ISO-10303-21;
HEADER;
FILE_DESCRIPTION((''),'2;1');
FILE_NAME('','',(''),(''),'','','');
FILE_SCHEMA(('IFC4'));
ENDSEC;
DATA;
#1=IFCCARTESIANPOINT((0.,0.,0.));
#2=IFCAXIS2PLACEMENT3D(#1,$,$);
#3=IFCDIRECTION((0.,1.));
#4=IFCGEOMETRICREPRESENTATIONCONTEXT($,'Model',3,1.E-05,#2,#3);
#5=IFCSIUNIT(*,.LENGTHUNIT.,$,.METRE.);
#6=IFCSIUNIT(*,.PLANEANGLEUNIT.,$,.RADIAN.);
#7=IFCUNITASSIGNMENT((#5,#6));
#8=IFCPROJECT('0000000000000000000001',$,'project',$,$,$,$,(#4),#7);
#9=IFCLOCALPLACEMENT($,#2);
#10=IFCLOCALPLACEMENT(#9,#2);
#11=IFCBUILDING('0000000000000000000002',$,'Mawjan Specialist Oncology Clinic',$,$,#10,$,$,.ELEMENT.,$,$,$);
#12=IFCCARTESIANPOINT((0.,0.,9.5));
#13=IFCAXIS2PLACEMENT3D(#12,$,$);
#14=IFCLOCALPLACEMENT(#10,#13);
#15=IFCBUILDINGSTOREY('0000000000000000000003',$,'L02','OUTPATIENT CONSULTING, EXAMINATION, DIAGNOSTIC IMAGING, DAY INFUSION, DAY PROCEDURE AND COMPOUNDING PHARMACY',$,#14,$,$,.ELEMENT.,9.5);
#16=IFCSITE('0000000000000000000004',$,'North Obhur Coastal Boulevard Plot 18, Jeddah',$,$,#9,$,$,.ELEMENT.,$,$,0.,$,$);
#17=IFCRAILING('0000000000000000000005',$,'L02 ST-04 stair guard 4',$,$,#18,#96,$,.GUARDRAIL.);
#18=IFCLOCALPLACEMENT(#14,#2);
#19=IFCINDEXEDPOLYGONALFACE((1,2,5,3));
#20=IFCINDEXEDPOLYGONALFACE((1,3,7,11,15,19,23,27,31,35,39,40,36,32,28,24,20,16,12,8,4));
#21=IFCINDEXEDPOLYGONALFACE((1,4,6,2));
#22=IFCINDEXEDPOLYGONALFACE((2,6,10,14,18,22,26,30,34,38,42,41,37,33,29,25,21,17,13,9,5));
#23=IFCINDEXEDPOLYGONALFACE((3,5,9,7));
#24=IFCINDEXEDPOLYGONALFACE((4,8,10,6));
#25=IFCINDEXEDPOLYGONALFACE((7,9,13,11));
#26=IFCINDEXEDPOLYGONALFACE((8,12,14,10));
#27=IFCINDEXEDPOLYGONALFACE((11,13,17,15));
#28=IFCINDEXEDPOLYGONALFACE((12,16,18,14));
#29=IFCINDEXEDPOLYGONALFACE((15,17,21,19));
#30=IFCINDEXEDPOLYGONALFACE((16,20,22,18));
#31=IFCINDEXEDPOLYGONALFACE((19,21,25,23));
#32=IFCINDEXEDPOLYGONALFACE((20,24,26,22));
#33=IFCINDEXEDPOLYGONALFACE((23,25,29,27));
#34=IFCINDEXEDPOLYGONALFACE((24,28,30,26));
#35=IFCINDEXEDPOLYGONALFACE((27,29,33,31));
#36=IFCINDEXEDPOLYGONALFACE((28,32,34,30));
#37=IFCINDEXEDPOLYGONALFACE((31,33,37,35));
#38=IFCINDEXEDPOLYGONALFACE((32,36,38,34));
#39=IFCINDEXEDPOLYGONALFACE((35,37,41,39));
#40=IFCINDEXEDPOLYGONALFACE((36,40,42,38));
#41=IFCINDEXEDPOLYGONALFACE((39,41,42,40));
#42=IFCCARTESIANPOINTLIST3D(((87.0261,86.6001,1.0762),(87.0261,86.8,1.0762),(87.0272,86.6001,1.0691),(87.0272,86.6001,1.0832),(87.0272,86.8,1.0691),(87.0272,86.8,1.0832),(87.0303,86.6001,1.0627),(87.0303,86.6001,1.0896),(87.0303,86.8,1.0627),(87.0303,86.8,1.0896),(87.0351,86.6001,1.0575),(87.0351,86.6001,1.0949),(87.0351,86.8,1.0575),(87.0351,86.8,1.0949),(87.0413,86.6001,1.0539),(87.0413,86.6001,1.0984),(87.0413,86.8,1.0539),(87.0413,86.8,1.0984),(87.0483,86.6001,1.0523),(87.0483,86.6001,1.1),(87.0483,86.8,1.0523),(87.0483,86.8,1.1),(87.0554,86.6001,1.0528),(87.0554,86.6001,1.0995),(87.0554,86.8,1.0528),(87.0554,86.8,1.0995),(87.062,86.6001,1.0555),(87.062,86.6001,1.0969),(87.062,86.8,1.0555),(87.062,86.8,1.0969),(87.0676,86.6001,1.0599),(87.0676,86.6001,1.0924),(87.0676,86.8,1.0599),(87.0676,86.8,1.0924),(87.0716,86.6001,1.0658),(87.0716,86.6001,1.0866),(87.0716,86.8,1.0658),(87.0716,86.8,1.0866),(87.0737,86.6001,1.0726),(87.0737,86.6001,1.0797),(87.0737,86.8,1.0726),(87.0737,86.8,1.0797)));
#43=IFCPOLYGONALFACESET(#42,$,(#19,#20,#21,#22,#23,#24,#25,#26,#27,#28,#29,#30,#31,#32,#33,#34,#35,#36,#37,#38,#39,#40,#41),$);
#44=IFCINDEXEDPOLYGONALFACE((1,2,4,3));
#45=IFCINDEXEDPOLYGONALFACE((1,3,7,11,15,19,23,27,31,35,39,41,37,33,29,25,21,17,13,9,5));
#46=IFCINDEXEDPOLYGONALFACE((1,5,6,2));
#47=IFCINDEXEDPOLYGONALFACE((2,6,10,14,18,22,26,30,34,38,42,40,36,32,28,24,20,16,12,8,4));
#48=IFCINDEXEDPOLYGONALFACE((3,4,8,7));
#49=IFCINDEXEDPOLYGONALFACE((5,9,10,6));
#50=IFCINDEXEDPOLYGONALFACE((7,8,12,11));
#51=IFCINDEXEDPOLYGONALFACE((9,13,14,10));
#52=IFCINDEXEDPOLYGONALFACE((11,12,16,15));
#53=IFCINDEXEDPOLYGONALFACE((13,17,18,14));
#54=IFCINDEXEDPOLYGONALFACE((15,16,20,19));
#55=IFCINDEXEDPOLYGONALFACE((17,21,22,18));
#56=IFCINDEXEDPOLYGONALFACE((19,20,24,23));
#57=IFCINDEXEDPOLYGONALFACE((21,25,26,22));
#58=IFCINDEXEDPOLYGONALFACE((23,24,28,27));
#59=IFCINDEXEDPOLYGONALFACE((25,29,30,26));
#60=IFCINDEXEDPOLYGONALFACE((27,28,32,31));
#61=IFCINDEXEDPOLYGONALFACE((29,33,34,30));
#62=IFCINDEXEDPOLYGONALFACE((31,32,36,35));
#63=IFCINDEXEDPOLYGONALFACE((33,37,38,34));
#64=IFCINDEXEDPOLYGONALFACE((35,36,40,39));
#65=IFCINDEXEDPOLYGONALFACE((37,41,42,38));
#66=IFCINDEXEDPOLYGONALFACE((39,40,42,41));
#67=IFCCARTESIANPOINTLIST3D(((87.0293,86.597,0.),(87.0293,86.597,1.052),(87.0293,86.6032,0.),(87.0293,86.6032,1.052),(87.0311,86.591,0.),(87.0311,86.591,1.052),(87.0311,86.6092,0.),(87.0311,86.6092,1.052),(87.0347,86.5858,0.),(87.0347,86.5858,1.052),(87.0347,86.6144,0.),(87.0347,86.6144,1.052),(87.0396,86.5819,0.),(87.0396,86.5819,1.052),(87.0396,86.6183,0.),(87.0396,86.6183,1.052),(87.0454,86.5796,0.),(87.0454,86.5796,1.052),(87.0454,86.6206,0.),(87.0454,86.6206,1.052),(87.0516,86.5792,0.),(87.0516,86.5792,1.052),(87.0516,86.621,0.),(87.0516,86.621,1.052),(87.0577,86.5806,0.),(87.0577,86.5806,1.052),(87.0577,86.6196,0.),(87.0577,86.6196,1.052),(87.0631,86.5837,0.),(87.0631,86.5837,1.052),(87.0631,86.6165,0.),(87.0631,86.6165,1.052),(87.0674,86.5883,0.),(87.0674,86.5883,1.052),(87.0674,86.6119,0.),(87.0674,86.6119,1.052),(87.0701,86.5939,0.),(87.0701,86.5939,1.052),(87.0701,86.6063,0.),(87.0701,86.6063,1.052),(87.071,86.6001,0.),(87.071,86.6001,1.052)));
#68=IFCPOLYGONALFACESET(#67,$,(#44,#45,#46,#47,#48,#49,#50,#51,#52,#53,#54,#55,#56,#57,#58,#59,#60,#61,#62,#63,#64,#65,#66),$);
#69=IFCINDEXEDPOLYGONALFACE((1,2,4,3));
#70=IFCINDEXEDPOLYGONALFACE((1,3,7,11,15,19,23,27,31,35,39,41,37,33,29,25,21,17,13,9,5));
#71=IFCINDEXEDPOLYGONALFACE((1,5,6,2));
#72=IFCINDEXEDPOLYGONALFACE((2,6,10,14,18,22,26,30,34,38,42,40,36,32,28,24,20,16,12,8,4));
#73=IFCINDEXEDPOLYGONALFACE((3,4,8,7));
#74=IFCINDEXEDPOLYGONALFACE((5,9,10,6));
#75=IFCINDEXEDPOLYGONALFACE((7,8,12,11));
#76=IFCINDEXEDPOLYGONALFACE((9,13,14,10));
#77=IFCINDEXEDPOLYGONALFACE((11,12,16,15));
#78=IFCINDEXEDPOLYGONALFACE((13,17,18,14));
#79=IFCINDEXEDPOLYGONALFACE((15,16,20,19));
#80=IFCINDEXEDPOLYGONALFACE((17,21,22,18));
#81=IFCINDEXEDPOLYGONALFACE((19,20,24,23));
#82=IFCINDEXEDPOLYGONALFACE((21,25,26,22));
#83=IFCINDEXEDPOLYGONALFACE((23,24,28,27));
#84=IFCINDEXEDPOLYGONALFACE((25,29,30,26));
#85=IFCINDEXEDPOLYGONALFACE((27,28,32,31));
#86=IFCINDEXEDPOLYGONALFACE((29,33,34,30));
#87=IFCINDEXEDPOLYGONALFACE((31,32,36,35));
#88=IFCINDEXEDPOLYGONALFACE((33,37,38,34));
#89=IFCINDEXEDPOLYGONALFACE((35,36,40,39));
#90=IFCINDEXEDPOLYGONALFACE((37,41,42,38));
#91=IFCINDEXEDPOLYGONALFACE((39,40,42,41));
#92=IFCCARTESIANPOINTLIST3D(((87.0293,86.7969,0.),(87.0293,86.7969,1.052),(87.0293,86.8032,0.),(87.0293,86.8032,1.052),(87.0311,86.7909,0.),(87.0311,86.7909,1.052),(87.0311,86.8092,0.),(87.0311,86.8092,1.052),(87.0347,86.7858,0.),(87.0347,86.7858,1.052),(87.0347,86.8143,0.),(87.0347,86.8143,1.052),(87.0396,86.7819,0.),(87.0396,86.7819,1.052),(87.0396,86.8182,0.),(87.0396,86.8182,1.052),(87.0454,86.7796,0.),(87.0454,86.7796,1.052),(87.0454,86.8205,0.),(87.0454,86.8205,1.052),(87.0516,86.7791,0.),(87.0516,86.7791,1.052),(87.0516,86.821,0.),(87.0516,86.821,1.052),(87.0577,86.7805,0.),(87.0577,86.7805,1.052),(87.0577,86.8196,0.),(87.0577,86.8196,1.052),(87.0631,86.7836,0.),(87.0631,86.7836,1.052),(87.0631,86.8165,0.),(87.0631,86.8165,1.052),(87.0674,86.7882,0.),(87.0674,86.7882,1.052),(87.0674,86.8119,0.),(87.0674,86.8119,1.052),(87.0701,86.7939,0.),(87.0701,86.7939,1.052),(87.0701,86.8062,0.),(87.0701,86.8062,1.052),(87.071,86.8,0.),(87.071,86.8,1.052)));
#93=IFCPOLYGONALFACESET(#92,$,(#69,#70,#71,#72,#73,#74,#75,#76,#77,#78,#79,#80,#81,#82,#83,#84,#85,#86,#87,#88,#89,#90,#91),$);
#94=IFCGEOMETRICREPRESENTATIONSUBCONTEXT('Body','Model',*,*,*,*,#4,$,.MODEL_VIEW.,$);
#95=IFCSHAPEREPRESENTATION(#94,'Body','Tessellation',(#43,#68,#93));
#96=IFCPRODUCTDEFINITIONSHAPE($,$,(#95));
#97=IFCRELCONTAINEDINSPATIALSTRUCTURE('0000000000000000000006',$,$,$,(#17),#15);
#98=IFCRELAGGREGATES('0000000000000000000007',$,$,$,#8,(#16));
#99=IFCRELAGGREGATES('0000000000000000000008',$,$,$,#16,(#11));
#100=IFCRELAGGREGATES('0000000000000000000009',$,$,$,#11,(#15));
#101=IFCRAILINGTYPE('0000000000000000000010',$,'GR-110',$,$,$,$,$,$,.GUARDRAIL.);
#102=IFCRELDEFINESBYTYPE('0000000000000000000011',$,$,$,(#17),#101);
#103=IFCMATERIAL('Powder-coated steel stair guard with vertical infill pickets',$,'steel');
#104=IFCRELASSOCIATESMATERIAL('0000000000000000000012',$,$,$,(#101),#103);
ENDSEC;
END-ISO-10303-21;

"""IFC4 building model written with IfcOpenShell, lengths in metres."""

from ifc_helpers import new_model, si_unit, direction, frame, origin, origin_2d, place, context, subcontext, project, spatial, circle, extrude, material, type_object, element, save


model = new_model("IFC4")

# Units and contexts
model_context = context("Model", 3, precision=1e-05, world=origin(), true_north=direction((0.0, 1.0)))
body_context = subcontext(model_context, "Body", "Model", "MODEL_VIEW")
ifc_project = project(units=[si_unit("LENGTHUNIT", "METRE"), si_unit("PLANEANGLEUNIT", "RADIAN")], contexts=[model_context])

# Site, building, storey
site_placement = place(None, origin())
site = spatial("IfcSite", under=ifc_project, at=site_placement, Name="North Obhur Coastal Boulevard Plot 18, Jeddah", CompositionType="ELEMENT", RefElevation=0.0)
building_placement = place(site_placement, origin())
building = spatial("IfcBuilding", under=site, at=building_placement, Name="Mawjan Specialist Oncology Clinic", CompositionType="ELEMENT")
storey_placement = place(building_placement, frame((0.0, 0.0, 9.5)))
storey = spatial("IfcBuildingStorey", under=building, at=storey_placement, Name="L02", Description="OUTPATIENT CONSULTING, EXAMINATION, DIAGNOSTIC IMAGING, DAY INFUSION, DAY PROCEDURE AND COMPOUNDING PHARMACY", CompositionType="ELEMENT", Elevation=9.5)

# Railing
ifc_material_1 = material(Name="Powder-coated steel stair guard with vertical infill pickets", Category="steel")
railing_type_1 = type_object("IfcRailingType", Name="GR-110", PredefinedType="GUARDRAIL", material=ifc_material_1)
railing_1_placement = place(storey_placement, frame((87.05, 86.6001, 0.0)))
element("IfcRailing", 1, at=railing_1_placement, inside=storey, type_object=railing_type_1, Name="L02 ST-04 stair guard 4", PredefinedType="GUARDRAIL", context=body_context, shape_type="SweptSolid", body=[
    extrude(circle(Radius=0.0239, at=origin_2d()), frame((0.0, 0.0, 1.0762), z_axis=(0.0, 1.0, 0.0), x_axis=(-1.0, 0.0, 0.0)), (0.0, 0.0, 1.0), 0.2),
    extrude(circle(Radius=0.021, at=origin_2d()), origin(), (0.0, 0.0, 1.0), 1.052),
    extrude(circle(Radius=0.021, at=origin_2d()), frame((0.0, 0.2, 0.0)), (0.0, 0.0, 1.0), 1.052),
])

save(model, "model.ifc")
